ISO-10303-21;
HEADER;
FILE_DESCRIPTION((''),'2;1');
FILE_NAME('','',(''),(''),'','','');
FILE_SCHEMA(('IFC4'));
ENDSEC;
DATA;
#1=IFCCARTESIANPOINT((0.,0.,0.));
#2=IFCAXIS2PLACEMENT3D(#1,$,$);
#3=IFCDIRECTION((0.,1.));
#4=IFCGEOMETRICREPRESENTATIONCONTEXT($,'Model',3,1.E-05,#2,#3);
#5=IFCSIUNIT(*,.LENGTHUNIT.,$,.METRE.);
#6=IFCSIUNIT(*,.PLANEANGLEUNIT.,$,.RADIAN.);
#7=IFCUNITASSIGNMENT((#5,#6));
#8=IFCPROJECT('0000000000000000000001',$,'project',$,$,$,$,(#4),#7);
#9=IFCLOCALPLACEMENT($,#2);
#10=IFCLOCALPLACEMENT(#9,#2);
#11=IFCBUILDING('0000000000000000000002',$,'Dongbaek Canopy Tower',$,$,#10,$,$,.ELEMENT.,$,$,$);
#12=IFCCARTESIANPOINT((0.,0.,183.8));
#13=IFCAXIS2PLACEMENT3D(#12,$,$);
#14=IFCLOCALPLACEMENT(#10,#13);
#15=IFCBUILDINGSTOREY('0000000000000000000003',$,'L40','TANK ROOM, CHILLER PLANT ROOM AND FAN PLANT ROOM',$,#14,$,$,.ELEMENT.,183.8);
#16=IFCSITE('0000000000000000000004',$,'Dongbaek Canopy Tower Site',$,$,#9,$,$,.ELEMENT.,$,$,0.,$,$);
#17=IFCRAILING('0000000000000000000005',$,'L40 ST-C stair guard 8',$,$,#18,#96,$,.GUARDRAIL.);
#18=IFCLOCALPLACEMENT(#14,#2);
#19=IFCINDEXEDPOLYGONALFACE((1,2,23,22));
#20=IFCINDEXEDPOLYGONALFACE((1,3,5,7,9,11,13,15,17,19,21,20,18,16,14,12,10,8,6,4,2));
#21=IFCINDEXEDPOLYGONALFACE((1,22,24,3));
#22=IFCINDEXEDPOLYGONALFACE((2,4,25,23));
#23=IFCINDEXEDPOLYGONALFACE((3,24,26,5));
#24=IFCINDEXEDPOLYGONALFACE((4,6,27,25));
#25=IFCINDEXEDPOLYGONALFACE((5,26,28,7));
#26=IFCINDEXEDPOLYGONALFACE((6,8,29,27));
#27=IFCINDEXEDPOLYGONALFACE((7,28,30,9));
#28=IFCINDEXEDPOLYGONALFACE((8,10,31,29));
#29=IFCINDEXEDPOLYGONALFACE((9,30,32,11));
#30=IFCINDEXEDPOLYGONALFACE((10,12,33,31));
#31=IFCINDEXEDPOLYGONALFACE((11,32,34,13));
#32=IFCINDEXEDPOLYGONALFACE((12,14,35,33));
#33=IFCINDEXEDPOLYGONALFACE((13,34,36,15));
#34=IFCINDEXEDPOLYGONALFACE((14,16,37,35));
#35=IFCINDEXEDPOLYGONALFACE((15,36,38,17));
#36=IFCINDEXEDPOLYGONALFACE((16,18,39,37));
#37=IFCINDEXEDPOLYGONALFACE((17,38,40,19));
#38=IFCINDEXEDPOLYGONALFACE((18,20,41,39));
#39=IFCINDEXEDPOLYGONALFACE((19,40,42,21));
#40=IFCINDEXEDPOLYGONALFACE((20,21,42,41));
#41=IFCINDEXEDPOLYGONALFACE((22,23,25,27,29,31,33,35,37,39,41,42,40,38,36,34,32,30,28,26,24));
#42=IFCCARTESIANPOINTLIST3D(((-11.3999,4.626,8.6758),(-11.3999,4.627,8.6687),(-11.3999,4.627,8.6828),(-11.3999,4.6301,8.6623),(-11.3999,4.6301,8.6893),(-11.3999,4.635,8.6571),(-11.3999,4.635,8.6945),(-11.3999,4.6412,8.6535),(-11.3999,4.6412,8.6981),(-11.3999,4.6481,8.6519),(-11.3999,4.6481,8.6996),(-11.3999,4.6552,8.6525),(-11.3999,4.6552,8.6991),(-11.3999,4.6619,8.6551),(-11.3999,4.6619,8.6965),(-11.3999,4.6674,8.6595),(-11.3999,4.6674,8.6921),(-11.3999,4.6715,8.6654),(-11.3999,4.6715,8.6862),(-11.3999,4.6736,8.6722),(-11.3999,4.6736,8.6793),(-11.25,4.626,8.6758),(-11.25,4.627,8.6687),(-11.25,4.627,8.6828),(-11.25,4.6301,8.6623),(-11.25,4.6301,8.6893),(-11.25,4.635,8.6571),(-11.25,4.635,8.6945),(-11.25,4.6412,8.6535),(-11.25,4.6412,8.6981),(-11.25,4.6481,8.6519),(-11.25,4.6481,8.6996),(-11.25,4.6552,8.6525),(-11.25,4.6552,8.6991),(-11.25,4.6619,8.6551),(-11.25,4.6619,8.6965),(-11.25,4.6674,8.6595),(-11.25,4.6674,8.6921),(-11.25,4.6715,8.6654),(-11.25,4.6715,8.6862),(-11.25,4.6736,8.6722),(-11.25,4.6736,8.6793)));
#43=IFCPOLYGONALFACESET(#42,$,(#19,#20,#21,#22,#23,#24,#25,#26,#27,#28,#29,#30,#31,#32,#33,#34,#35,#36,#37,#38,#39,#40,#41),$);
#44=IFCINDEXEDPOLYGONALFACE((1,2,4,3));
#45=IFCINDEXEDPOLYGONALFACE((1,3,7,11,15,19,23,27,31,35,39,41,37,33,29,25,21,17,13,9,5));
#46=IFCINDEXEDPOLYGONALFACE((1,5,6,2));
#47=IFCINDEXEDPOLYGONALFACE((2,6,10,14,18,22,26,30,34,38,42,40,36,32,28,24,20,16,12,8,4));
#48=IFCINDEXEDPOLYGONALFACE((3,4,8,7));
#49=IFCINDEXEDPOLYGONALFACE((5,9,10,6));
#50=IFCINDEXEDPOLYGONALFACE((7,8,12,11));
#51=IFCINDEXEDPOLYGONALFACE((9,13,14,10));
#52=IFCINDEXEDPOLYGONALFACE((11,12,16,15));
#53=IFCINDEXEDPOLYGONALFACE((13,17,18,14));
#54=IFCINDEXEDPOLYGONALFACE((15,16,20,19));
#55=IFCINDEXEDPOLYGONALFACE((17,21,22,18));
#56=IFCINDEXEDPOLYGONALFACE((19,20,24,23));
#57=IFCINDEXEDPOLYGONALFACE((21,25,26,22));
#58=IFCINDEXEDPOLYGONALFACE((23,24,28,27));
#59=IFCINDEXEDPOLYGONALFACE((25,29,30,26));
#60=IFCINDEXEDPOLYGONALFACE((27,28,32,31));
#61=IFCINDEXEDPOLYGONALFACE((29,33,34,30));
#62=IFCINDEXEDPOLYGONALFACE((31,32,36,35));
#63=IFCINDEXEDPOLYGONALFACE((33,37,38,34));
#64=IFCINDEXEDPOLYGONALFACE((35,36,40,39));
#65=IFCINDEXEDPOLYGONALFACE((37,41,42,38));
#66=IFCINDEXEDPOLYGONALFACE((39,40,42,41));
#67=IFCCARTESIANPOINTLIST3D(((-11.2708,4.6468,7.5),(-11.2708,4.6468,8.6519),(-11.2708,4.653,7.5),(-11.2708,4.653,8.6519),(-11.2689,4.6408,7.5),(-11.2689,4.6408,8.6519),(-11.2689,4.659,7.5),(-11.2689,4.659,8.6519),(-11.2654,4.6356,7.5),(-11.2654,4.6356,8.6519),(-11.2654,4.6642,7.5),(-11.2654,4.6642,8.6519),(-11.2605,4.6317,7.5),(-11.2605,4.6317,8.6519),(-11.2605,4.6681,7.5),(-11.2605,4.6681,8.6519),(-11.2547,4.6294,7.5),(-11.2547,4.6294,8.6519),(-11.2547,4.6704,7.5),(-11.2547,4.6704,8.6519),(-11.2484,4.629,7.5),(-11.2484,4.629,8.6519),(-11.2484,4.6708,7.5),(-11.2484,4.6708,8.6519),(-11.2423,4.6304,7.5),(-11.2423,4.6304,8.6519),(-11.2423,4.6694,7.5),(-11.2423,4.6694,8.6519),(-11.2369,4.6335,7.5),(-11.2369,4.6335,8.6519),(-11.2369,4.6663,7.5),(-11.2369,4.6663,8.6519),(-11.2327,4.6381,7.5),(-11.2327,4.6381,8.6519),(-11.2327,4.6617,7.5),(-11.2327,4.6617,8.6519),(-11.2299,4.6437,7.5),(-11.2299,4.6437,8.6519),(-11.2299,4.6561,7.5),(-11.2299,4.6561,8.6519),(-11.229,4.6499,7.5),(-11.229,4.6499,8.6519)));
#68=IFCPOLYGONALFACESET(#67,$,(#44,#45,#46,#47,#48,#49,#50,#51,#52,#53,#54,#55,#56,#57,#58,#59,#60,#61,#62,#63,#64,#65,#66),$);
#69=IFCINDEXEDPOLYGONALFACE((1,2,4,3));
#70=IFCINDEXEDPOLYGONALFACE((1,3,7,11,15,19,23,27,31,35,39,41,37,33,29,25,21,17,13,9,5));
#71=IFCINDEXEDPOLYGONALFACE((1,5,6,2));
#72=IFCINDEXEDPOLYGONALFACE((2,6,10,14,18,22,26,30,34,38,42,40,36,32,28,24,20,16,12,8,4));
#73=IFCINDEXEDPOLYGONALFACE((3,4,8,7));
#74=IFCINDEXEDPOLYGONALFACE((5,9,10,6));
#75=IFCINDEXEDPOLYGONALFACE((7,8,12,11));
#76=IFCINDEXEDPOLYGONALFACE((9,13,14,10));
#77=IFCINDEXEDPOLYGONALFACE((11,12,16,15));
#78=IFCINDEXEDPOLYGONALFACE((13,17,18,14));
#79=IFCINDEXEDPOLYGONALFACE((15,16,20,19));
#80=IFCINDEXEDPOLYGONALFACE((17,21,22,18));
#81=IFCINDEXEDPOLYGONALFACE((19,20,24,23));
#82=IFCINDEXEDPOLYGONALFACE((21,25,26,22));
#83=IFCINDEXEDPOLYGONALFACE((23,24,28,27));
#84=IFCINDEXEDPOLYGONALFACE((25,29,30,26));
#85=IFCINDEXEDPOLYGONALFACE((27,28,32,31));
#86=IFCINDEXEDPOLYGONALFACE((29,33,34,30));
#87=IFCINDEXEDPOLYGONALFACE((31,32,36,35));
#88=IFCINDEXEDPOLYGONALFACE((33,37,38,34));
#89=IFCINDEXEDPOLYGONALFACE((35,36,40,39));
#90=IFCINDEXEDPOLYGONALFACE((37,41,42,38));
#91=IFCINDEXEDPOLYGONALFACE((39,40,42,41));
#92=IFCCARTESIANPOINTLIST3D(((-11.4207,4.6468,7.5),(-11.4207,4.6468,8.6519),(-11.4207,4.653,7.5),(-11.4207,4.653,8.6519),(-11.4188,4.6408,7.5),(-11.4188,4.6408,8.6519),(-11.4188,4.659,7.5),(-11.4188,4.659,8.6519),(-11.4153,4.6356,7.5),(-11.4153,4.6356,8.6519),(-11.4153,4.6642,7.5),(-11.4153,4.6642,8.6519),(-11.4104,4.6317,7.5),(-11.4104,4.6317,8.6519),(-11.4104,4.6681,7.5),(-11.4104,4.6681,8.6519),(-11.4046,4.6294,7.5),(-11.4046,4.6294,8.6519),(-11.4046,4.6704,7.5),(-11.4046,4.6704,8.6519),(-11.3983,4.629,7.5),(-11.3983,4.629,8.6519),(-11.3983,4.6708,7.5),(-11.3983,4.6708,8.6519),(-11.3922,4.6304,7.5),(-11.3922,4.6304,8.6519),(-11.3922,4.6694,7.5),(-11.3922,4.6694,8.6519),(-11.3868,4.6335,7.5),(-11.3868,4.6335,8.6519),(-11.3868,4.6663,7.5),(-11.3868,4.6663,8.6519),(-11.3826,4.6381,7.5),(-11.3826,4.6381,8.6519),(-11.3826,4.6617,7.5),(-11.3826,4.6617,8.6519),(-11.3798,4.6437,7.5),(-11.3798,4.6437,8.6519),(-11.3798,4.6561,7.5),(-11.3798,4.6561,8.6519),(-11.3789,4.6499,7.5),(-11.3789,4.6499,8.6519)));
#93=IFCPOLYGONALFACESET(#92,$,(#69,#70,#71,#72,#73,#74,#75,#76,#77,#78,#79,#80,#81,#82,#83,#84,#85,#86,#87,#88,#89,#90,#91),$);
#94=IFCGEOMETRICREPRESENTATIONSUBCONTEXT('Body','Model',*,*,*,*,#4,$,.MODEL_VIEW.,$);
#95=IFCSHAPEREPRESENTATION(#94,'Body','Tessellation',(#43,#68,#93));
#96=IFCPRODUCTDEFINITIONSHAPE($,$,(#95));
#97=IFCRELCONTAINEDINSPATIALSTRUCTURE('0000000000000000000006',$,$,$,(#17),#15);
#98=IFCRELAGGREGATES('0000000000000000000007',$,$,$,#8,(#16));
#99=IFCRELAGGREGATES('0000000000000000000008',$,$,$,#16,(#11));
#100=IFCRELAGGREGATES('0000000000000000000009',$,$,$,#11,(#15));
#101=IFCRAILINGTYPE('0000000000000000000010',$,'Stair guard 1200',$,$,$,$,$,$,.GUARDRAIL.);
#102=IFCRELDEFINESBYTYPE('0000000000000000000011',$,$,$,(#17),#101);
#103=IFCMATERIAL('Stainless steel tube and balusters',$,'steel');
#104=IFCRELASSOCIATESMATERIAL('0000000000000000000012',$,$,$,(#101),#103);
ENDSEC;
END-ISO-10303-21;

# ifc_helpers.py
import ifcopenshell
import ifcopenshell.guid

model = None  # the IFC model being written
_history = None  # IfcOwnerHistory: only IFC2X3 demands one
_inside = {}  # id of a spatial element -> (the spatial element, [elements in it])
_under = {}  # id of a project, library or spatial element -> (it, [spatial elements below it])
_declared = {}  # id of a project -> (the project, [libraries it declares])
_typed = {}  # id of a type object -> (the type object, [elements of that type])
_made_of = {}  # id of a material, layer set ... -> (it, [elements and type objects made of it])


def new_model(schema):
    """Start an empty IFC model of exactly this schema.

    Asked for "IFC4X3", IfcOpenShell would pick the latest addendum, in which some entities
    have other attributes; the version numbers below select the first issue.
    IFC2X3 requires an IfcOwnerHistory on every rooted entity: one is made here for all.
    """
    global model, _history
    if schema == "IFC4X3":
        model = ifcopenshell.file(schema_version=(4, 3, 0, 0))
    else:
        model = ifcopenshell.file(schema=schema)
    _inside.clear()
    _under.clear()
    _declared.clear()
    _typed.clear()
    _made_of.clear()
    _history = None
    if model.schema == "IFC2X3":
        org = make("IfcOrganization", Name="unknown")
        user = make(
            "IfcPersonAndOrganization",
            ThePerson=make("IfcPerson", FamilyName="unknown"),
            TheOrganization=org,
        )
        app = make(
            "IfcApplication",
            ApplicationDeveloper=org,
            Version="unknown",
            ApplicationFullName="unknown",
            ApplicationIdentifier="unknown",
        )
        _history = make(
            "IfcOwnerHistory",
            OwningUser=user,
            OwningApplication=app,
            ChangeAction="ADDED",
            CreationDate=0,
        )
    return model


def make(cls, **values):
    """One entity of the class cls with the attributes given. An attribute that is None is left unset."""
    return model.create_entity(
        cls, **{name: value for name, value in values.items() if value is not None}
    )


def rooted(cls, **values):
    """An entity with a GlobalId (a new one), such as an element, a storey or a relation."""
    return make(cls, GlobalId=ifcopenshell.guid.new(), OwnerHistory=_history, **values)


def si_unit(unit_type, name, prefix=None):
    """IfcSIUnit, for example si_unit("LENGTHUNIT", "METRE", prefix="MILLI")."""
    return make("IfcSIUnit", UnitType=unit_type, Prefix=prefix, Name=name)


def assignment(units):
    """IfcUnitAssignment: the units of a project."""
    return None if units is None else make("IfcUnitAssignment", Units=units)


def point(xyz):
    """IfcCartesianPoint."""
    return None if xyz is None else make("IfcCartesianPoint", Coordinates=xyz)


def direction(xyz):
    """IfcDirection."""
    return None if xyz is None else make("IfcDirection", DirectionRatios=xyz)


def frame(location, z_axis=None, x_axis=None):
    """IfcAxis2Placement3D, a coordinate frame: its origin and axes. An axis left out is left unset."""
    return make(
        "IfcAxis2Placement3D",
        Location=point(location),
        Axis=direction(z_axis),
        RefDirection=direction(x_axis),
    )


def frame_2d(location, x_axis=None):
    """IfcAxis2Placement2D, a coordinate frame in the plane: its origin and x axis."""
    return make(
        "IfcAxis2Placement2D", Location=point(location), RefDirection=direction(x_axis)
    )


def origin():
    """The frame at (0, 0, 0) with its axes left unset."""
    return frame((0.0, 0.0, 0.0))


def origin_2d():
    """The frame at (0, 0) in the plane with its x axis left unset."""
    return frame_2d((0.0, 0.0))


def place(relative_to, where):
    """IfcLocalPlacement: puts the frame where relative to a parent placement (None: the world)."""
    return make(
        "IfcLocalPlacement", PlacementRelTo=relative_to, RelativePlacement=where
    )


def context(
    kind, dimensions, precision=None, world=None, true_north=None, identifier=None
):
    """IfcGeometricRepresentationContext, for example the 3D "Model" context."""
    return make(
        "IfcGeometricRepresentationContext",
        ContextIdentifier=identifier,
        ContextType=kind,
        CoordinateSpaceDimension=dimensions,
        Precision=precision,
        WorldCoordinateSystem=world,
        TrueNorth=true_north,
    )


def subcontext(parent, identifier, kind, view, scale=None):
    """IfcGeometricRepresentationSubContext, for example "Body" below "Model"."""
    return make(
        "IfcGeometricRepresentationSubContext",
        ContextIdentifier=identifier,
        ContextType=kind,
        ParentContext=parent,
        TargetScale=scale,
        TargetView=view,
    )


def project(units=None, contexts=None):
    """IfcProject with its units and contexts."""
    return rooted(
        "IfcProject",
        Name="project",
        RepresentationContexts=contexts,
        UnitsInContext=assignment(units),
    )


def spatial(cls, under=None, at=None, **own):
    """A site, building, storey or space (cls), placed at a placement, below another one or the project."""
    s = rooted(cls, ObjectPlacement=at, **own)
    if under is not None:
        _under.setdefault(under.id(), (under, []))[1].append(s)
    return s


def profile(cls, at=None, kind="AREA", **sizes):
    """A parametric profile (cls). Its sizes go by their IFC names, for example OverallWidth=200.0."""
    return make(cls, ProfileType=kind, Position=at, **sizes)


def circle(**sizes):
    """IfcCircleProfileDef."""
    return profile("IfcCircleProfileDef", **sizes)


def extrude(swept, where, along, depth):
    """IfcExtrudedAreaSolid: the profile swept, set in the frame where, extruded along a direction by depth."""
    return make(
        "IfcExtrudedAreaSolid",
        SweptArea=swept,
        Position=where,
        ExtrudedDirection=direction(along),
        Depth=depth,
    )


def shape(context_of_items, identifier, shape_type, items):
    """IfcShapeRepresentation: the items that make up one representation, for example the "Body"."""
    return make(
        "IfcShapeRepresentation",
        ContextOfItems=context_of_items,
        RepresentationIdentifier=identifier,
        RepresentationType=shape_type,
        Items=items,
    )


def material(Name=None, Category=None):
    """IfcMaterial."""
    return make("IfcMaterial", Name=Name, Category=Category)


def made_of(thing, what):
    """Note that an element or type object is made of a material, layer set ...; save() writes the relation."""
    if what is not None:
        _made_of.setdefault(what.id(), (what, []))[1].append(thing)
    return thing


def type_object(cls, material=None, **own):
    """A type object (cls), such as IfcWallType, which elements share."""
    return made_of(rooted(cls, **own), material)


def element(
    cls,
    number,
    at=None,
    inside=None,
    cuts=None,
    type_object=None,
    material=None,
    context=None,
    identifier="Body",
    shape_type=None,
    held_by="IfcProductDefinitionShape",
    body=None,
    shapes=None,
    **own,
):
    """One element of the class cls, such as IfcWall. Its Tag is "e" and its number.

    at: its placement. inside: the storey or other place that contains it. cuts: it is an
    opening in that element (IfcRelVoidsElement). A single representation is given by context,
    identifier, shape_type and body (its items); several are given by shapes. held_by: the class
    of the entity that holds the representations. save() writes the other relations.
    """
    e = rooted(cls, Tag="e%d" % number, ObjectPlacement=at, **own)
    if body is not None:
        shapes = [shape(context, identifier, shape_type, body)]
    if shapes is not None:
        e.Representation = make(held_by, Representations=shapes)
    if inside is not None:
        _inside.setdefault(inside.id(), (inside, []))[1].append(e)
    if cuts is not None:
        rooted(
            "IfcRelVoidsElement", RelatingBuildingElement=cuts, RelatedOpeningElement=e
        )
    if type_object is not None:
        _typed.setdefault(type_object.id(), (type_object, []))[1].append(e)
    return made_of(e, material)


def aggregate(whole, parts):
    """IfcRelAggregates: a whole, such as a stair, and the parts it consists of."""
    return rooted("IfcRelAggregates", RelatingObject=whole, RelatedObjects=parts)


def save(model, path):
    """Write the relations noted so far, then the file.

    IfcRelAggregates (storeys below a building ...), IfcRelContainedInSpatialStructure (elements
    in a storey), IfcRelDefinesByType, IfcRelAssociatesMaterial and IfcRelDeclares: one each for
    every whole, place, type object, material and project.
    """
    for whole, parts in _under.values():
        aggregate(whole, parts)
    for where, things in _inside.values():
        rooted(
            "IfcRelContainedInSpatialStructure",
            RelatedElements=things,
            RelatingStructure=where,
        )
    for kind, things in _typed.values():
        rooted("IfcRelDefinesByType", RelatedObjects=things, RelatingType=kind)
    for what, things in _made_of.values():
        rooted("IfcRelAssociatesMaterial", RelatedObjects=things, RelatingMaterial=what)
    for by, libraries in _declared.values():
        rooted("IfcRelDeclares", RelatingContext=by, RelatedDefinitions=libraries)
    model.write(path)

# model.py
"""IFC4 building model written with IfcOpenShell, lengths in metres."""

from ifc_helpers import new_model, si_unit, direction, frame, origin, origin_2d, place, context, subcontext, project, spatial, circle, extrude, material, type_object, element, save


model = new_model("IFC4")

# Units and contexts
model_context = context("Model", 3, precision=1e-05, world=origin(), true_north=direction((0.0, 1.0)))
body_context = subcontext(model_context, "Body", "Model", "MODEL_VIEW")
ifc_project = project(units=[si_unit("LENGTHUNIT", "METRE"), si_unit("PLANEANGLEUNIT", "RADIAN")], contexts=[model_context])

# Site, building, storey
site_placement = place(None, origin())
site = spatial("IfcSite", under=ifc_project, at=site_placement, Name="Dongbaek Canopy Tower Site", CompositionType="ELEMENT", RefElevation=0.0)
building_placement = place(site_placement, origin())
building = spatial("IfcBuilding", under=site, at=building_placement, Name="Dongbaek Canopy Tower", CompositionType="ELEMENT")
storey_placement = place(building_placement, frame((0.0, 0.0, 183.8)))
storey = spatial("IfcBuildingStorey", under=building, at=storey_placement, Name="L40", Description="TANK ROOM, CHILLER PLANT ROOM AND FAN PLANT ROOM", CompositionType="ELEMENT", Elevation=183.8)

# Railing
ifc_material_1 = material(Name="Stainless steel tube and balusters", Category="steel")
railing_type_1 = type_object("IfcRailingType", Name="Stair guard 1200", PredefinedType="GUARDRAIL", material=ifc_material_1)
railing_1_placement = place(storey_placement, frame((-11.25, 4.6499, 7.5)))
element("IfcRailing", 1, at=railing_1_placement, inside=storey, type_object=railing_type_1, Name="L40 ST-C stair guard 8", PredefinedType="GUARDRAIL", context=body_context, shape_type="SweptSolid", body=[
    extrude(circle(Radius=0.0239, at=origin_2d()), frame((0.0, 0.0, 1.1758), z_axis=(-1.0, 0.0, 0.0), x_axis=(0.0, -1.0, 0.0)), (0.0, 0.0, 1.0), 0.1499),
    extrude(circle(Radius=0.021, at=origin_2d()), origin(), (0.0, 0.0, 1.0), 1.1519),
    extrude(circle(Radius=0.021, at=origin_2d()), frame((-0.1499, 0.0, 0.0)), (0.0, 0.0, 1.0), 1.1519),
])

save(model, "model.ifc")
